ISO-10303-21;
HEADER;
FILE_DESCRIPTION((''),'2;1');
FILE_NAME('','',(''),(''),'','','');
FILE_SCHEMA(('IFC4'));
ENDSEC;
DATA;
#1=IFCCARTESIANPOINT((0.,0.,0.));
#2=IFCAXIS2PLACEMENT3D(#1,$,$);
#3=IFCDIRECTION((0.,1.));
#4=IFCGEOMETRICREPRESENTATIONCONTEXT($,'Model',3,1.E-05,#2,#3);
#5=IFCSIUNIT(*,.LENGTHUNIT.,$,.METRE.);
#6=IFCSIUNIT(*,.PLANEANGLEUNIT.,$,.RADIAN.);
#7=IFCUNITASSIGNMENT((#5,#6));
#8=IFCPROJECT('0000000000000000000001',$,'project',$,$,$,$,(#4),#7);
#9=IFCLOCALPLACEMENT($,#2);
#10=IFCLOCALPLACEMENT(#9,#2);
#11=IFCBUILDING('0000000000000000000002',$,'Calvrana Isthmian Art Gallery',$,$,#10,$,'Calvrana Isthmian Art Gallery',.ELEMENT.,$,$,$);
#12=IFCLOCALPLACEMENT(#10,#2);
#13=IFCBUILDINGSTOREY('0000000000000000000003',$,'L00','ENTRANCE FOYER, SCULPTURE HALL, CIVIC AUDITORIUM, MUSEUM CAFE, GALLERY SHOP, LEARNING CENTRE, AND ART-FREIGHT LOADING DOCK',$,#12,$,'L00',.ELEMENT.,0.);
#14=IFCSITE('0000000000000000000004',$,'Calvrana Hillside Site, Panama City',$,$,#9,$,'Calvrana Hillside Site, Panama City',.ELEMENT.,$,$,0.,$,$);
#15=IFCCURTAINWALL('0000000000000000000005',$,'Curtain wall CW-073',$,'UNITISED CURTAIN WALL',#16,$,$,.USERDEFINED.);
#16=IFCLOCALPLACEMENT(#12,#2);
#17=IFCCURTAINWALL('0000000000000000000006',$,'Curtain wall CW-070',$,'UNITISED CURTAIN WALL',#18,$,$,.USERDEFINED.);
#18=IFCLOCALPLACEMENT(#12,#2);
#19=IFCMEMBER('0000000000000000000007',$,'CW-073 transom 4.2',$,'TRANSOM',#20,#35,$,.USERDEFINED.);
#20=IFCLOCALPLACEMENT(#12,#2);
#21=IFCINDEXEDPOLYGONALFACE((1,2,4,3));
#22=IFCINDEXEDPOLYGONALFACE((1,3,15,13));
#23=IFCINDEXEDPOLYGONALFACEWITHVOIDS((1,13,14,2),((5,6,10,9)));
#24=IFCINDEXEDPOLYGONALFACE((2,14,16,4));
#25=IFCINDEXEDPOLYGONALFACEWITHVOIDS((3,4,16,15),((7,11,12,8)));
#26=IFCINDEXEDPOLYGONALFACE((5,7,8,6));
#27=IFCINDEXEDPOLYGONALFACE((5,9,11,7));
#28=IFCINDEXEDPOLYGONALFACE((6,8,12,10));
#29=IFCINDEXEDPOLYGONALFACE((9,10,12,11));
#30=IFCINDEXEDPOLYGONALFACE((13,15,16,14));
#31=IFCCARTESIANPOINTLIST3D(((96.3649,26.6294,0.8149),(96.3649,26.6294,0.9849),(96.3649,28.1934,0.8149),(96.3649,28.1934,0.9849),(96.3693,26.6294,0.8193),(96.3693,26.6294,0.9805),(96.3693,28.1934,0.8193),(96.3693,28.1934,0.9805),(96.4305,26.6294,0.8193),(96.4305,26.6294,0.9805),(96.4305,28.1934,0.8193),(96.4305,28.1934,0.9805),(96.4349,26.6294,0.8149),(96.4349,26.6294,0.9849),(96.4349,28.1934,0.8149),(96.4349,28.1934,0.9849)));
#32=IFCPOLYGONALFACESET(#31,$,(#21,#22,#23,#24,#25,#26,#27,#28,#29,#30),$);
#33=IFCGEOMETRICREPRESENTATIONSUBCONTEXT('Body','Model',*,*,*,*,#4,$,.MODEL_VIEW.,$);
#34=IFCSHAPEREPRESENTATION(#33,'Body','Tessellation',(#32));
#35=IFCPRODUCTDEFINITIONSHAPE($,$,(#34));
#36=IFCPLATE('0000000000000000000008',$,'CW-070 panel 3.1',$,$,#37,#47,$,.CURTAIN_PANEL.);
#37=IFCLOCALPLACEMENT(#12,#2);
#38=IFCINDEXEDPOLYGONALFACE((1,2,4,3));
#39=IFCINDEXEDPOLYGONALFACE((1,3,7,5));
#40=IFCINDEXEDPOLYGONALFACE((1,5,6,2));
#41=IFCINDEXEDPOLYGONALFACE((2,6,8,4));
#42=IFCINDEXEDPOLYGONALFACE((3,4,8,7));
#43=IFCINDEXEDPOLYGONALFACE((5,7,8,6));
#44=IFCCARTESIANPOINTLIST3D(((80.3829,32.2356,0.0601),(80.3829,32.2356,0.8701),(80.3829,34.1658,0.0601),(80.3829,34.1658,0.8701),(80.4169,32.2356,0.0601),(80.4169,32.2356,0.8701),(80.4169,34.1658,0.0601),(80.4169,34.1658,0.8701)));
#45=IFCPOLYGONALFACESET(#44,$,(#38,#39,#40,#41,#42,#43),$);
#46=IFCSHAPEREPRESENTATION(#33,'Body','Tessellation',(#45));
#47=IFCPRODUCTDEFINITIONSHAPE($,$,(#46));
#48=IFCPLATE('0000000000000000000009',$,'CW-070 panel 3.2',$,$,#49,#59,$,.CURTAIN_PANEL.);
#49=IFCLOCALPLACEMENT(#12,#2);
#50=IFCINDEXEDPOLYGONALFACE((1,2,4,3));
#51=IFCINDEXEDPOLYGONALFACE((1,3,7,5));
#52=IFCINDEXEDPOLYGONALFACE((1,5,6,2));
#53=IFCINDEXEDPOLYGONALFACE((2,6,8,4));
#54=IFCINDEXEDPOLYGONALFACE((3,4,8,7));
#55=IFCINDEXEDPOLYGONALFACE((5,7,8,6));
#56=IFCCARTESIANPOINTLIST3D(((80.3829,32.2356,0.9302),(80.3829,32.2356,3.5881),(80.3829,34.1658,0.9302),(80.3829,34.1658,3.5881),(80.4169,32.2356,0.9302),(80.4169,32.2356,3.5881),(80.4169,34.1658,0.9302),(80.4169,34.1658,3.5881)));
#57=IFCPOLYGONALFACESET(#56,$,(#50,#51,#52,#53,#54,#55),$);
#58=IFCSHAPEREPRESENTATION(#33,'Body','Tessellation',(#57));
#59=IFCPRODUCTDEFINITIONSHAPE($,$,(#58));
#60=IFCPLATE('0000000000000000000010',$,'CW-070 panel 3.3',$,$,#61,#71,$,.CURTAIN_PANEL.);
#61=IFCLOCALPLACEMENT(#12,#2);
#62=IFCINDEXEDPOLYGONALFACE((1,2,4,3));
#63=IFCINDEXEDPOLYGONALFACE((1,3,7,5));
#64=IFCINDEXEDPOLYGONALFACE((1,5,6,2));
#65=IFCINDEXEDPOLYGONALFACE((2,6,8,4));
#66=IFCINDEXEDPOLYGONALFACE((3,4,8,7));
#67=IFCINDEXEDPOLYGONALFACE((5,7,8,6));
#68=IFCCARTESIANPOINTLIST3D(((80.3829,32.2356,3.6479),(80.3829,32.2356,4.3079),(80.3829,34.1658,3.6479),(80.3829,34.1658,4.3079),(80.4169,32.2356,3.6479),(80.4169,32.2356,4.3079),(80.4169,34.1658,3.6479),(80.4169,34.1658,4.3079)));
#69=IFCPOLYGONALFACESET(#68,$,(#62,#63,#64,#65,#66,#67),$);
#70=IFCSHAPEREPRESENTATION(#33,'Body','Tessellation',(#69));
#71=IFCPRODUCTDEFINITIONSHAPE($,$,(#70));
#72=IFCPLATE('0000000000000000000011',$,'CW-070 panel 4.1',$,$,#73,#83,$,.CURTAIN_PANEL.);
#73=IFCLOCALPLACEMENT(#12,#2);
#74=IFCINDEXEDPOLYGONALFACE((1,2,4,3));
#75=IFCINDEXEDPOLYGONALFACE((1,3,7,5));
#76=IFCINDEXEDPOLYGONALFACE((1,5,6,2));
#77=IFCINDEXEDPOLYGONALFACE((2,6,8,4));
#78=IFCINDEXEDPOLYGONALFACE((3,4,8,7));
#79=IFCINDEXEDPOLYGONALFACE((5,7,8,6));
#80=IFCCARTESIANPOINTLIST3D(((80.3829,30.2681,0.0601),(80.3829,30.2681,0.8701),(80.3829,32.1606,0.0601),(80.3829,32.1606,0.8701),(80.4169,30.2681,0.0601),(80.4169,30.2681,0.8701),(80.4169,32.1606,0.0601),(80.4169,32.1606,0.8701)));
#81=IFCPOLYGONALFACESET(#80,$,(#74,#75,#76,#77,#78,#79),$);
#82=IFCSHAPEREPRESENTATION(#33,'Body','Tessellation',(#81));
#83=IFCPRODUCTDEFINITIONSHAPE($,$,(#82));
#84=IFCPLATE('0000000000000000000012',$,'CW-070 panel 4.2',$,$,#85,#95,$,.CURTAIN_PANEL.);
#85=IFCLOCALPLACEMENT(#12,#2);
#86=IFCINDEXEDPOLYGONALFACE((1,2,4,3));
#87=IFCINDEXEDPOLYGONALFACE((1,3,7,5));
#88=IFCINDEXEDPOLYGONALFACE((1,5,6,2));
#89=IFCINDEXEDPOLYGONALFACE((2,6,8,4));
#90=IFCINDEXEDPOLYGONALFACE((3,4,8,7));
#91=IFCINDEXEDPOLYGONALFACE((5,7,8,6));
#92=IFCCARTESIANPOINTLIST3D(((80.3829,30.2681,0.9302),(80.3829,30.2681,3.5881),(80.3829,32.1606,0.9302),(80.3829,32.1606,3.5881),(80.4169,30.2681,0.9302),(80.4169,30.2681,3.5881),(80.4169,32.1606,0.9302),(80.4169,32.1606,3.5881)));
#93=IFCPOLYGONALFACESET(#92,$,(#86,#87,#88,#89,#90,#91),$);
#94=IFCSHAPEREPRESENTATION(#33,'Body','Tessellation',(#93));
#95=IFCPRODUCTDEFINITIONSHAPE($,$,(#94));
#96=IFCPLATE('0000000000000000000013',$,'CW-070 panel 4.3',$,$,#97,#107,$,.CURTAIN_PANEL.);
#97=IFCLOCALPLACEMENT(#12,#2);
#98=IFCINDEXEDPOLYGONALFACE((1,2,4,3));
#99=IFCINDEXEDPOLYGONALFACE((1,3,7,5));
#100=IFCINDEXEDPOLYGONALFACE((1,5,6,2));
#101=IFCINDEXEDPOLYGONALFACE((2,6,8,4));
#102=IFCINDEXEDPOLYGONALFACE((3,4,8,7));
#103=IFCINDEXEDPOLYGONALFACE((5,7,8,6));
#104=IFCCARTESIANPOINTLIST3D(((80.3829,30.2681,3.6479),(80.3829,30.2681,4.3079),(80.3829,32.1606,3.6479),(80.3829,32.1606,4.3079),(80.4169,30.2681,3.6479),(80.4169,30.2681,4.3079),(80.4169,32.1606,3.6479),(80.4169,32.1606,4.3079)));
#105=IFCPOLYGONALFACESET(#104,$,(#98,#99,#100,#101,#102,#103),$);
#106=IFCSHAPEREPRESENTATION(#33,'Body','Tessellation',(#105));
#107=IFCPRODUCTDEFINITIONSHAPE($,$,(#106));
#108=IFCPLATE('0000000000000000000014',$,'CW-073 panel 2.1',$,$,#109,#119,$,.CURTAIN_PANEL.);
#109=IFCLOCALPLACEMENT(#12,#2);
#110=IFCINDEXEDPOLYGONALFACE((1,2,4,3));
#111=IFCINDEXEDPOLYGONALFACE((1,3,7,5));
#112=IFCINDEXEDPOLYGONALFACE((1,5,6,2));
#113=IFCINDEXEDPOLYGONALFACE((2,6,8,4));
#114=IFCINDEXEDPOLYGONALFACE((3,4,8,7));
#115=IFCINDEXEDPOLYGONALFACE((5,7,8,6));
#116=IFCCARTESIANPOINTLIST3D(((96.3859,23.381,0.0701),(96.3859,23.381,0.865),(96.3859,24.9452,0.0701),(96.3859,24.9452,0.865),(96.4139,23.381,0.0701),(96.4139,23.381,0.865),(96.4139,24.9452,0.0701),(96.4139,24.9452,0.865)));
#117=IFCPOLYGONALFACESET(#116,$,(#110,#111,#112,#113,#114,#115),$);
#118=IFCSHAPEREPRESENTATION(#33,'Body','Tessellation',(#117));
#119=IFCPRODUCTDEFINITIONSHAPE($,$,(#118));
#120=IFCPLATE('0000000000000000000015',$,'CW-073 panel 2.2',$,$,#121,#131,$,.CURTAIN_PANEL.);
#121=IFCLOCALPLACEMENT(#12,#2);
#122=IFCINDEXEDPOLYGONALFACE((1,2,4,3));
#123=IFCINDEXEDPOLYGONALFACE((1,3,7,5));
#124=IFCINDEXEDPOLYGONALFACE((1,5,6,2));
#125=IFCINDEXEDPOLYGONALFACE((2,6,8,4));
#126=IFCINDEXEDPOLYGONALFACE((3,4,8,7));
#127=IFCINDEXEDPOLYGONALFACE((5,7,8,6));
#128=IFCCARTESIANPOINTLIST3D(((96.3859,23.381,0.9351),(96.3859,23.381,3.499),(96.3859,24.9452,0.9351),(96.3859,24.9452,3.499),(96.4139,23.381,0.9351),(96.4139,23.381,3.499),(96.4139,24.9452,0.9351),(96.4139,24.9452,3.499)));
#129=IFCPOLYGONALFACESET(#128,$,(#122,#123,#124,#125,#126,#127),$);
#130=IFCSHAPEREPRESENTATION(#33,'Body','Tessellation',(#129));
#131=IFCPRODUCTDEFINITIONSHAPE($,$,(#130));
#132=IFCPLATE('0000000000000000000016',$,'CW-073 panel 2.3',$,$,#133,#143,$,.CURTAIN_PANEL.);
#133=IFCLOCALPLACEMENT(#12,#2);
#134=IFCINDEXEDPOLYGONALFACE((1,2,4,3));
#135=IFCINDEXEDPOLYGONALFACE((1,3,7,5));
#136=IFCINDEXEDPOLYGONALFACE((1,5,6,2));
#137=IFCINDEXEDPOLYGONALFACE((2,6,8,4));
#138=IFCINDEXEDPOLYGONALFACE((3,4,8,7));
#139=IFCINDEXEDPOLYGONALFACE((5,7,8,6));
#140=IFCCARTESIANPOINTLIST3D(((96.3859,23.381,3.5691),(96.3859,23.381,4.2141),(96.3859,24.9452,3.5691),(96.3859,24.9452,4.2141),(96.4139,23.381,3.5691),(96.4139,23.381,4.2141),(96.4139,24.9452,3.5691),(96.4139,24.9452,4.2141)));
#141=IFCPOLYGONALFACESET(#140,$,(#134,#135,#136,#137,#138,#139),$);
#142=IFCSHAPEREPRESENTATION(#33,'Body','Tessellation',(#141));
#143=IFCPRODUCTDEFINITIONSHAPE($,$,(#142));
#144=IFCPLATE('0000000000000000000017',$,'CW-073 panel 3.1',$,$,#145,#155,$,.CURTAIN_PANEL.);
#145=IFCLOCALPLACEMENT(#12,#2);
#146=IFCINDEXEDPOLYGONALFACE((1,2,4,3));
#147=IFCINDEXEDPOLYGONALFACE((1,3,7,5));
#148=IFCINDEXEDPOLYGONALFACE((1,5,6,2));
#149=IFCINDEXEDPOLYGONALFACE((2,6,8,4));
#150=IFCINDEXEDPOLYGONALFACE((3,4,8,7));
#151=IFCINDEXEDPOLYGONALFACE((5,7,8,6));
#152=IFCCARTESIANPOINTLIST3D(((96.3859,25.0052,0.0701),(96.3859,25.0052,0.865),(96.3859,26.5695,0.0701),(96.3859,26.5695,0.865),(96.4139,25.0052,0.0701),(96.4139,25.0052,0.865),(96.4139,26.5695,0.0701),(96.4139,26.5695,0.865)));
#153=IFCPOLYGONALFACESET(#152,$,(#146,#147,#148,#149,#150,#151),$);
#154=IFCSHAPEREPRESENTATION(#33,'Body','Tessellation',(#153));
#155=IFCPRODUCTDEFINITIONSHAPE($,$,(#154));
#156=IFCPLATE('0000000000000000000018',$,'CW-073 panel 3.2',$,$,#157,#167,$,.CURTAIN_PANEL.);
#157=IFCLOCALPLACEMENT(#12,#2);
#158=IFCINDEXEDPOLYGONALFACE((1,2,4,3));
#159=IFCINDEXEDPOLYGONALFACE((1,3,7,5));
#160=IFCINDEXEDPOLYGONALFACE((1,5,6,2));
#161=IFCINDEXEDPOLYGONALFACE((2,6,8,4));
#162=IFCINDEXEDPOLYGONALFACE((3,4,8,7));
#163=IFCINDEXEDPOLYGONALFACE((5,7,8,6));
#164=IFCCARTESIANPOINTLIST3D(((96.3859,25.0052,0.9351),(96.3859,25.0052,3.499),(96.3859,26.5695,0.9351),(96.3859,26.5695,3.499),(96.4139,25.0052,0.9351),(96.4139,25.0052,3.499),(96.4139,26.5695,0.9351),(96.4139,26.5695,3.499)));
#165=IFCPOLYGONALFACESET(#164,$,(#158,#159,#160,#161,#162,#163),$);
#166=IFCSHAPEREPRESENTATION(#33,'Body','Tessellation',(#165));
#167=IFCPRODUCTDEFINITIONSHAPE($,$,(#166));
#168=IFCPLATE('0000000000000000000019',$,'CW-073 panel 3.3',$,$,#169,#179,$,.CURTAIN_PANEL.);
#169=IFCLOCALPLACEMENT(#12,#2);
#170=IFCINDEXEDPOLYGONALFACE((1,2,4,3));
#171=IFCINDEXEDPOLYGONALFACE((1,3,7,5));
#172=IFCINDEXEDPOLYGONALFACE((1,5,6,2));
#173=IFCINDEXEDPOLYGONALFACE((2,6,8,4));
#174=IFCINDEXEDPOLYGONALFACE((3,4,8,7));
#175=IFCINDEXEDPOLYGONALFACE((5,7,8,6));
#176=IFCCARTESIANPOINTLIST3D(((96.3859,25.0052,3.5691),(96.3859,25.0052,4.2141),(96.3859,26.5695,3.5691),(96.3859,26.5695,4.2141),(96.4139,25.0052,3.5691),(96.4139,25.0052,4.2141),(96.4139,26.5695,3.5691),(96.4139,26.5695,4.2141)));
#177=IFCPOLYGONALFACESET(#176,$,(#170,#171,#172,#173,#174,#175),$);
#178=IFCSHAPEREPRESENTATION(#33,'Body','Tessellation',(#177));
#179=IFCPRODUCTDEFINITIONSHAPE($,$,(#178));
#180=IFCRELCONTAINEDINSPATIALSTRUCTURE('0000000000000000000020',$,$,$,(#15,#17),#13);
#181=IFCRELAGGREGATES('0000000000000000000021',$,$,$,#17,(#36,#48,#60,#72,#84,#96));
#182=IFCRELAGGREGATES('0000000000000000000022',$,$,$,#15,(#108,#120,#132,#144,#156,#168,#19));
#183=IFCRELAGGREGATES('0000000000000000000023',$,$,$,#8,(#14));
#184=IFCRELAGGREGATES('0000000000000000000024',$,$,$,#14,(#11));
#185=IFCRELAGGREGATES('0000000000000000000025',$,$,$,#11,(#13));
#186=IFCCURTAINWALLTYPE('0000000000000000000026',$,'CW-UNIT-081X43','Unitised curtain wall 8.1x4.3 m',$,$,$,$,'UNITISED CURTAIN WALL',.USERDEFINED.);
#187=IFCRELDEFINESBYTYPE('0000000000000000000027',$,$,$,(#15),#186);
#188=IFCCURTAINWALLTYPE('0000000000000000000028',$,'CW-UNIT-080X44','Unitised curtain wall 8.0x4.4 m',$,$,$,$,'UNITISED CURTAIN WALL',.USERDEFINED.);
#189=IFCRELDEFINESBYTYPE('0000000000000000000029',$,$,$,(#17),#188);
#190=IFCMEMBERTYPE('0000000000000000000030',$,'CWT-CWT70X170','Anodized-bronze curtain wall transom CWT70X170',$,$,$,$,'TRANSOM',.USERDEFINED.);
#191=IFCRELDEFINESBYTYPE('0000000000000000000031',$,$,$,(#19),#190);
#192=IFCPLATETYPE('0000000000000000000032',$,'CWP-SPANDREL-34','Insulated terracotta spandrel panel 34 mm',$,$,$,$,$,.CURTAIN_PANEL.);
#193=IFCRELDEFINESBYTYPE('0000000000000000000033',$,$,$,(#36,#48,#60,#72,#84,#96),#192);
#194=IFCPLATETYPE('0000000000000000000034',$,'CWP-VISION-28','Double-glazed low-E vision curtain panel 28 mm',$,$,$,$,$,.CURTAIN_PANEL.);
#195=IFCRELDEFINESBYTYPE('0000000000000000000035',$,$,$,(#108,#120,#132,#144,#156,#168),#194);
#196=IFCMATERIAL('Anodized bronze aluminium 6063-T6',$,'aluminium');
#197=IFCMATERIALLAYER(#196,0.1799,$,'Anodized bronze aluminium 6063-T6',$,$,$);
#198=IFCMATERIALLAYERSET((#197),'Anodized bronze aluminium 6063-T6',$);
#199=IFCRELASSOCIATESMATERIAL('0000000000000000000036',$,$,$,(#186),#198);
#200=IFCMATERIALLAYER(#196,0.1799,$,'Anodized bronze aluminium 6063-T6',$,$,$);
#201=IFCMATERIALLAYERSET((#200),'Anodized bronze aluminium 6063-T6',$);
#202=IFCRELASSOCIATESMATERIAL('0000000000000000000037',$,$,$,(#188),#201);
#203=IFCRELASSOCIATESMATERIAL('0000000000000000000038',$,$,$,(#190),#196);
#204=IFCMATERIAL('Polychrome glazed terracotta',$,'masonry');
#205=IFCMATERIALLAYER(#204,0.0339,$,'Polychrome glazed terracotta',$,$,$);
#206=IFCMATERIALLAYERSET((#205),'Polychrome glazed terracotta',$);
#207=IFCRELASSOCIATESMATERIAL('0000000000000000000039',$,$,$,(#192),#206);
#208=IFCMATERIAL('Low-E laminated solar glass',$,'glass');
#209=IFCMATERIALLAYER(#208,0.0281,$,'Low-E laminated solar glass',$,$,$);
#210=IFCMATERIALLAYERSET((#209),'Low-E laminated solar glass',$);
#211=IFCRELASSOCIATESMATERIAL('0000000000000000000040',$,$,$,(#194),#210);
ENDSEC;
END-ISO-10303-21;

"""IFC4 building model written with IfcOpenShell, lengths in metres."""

from ifc_helpers import new_model, si_unit, direction, frame, origin, origin_2d, place, context, subcontext, project, spatial, rectangle, hollow_rectangle, extrude, material, layer, layer_set, material_profile, profile_set, type_object, element, aggregate, save


model = new_model("IFC4")

# Units and contexts
model_context = context("Model", 3, precision=1e-05, world=origin(), true_north=direction((0.0, 1.0)))
body_context = subcontext(model_context, "Body", "Model", "MODEL_VIEW")
ifc_project = project(units=[si_unit("LENGTHUNIT", "METRE"), si_unit("PLANEANGLEUNIT", "RADIAN")], contexts=[model_context])

# Site, building, storey
site_placement = place(None, origin())
site = spatial("IfcSite", under=ifc_project, at=site_placement, Name="Calvrana Hillside Site, Panama City", LongName="Calvrana Hillside Site, Panama City", CompositionType="ELEMENT", RefElevation=0.0)
building_placement = place(site_placement, origin())
building = spatial("IfcBuilding", under=site, at=building_placement, Name="Calvrana Isthmian Art Gallery", LongName="Calvrana Isthmian Art Gallery", CompositionType="ELEMENT")
storey_placement = place(building_placement, origin())
storey = spatial("IfcBuildingStorey", under=building, at=storey_placement, Name="L00", Description="ENTRANCE FOYER, SCULPTURE HALL, CIVIC AUDITORIUM, MUSEUM CAFE, GALLERY SHOP, LEARNING CENTRE, AND ART-FREIGHT LOADING DOCK", LongName="L00", CompositionType="ELEMENT", Elevation=0.0)

# Curtain walls
ifc_material_1 = material(Name="Anodized bronze aluminium 6063-T6", Category="aluminium")
ifc_layer_1 = layer(ifc_material_1, 0.1799, Name="Anodized bronze aluminium 6063-T6")
ifc_layer_set_1 = layer_set([ifc_layer_1], Name="Anodized bronze aluminium 6063-T6")
curtain_wall_type_1 = type_object("IfcCurtainWallType", Name="CW-UNIT-081X43", Description="Unitised curtain wall 8.1x4.3 m", ElementType="UNITISED CURTAIN WALL", PredefinedType="USERDEFINED", material=ifc_layer_set_1)
curtain_wall_1_placement = place(storey_placement, origin())
curtain_wall_1 = element("IfcCurtainWall", 1, at=curtain_wall_1_placement, inside=storey, type_object=curtain_wall_type_1, Name="Curtain wall CW-073", ObjectType="UNITISED CURTAIN WALL", PredefinedType="USERDEFINED")
ifc_layer_2 = layer(ifc_material_1, 0.1799, Name="Anodized bronze aluminium 6063-T6")
ifc_layer_set_2 = layer_set([ifc_layer_2], Name="Anodized bronze aluminium 6063-T6")
curtain_wall_type_2 = type_object("IfcCurtainWallType", Name="CW-UNIT-080X44", Description="Unitised curtain wall 8.0x4.4 m", ElementType="UNITISED CURTAIN WALL", PredefinedType="USERDEFINED", material=ifc_layer_set_2)
curtain_wall_2_placement = place(storey_placement, origin())
curtain_wall_2 = element("IfcCurtainWall", 2, at=curtain_wall_2_placement, inside=storey, type_object=curtain_wall_type_2, Name="Curtain wall CW-070", ObjectType="UNITISED CURTAIN WALL", PredefinedType="USERDEFINED")

# Member
ifc_material_profile_1 = material_profile(ifc_material_1, hollow_rectangle(XDim=0.0701, YDim=0.1699, WallThickness=0.0044, at=origin_2d()), Name="CWT70X170")
ifc_profile_set_1 = profile_set([ifc_material_profile_1], Name="Anodized bronze aluminium 6063-T6")
member_type_1 = type_object("IfcMemberType", Name="CWT-CWT70X170", Description="Anodized-bronze curtain wall transom CWT70X170", ElementType="TRANSOM", PredefinedType="USERDEFINED", material=ifc_profile_set_1)
member_1_placement = place(storey_placement, frame((96.3999, 26.6294, 0.8999), z_axis=(0.0, 1.0, 0.0), x_axis=(-1.0, 0.0, 0.0)))
member_1 = element("IfcMember", 3, at=member_1_placement, type_object=member_type_1, Name="CW-073 transom 4.2", ObjectType="TRANSOM", PredefinedType="USERDEFINED", context=body_context, shape_type="SweptSolid", body=[
    extrude(hollow_rectangle(XDim=0.0701, YDim=0.1699, WallThickness=0.0044, at=origin_2d()), origin(), (0.0, 0.0, 1.0), 1.564),
])

# Plates
ifc_material_2 = material(Name="Polychrome glazed terracotta", Category="masonry")
ifc_layer_3 = layer(ifc_material_2, 0.0339, Name="Polychrome glazed terracotta")
ifc_layer_set_3 = layer_set([ifc_layer_3], Name="Polychrome glazed terracotta")
plate_type_1 = type_object("IfcPlateType", Name="CWP-SPANDREL-34", Description="Insulated terracotta spandrel panel 34 mm", PredefinedType="CURTAIN_PANEL", material=ifc_layer_set_3)
plate_1_placement = place(storey_placement, frame((80.3999, 33.2007, 0.0601), z_axis=(0.0, 0.0, 1.0), x_axis=(0.0, -1.0, 0.0)))
plate_1 = element("IfcPlate", 4, at=plate_1_placement, type_object=plate_type_1, Name="CW-070 panel 3.1", PredefinedType="CURTAIN_PANEL", context=body_context, shape_type="SweptSolid", body=[
    extrude(rectangle(XDim=1.9302, YDim=0.0339, at=origin_2d()), origin(), (0.0, 0.0, 1.0), 0.8101),
])
plate_2_placement = place(storey_placement, frame((80.3999, 33.2007, 0.9302), z_axis=(0.0, 0.0, 1.0), x_axis=(0.0, -1.0, 0.0)))
plate_2 = element("IfcPlate", 5, at=plate_2_placement, type_object=plate_type_1, Name="CW-070 panel 3.2", PredefinedType="CURTAIN_PANEL", context=body_context, shape_type="SweptSolid", body=[
    extrude(rectangle(XDim=1.9302, YDim=0.0339, at=origin_2d()), origin(), (0.0, 0.0, 1.0), 2.658),
])
plate_3_placement = place(storey_placement, frame((80.3999, 33.2007, 3.6479), z_axis=(0.0, 0.0, 1.0), x_axis=(0.0, -1.0, 0.0)))
plate_3 = element("IfcPlate", 6, at=plate_3_placement, type_object=plate_type_1, Name="CW-070 panel 3.3", PredefinedType="CURTAIN_PANEL", context=body_context, shape_type="SweptSolid", body=[
    extrude(rectangle(XDim=1.9302, YDim=0.0339, at=origin_2d()), origin(), (0.0, 0.0, 1.0), 0.6599),
])
plate_4_placement = place(storey_placement, frame((80.3999, 31.2144, 0.0601), z_axis=(0.0, 0.0, 1.0), x_axis=(0.0, -1.0, 0.0)))
plate_4 = element("IfcPlate", 7, at=plate_4_placement, type_object=plate_type_1, Name="CW-070 panel 4.1", PredefinedType="CURTAIN_PANEL", context=body_context, shape_type="SweptSolid", body=[
    extrude(rectangle(XDim=1.8926, YDim=0.0339, at=origin_2d()), origin(), (0.0, 0.0, 1.0), 0.8101),
])
plate_5_placement = place(storey_placement, frame((80.3999, 31.2144, 0.9302), z_axis=(0.0, 0.0, 1.0), x_axis=(0.0, -1.0, 0.0)))
plate_5 = element("IfcPlate", 8, at=plate_5_placement, type_object=plate_type_1, Name="CW-070 panel 4.2", PredefinedType="CURTAIN_PANEL", context=body_context, shape_type="SweptSolid", body=[
    extrude(rectangle(XDim=1.8926, YDim=0.0339, at=origin_2d()), origin(), (0.0, 0.0, 1.0), 2.658),
])
plate_6_placement = place(storey_placement, frame((80.3999, 31.2144, 3.6479), z_axis=(0.0, 0.0, 1.0), x_axis=(0.0, -1.0, 0.0)))
plate_6 = element("IfcPlate", 9, at=plate_6_placement, type_object=plate_type_1, Name="CW-070 panel 4.3", PredefinedType="CURTAIN_PANEL", context=body_context, shape_type="SweptSolid", body=[
    extrude(rectangle(XDim=1.8926, YDim=0.0339, at=origin_2d()), origin(), (0.0, 0.0, 1.0), 0.6599),
])
aggregate(curtain_wall_2, [plate_1, plate_2, plate_3, plate_4, plate_5, plate_6])
ifc_material_3 = material(Name="Low-E laminated solar glass", Category="glass")
ifc_layer_4 = layer(ifc_material_3, 0.0281, Name="Low-E laminated solar glass")
ifc_layer_set_4 = layer_set([ifc_layer_4], Name="Low-E laminated solar glass")
plate_type_2 = type_object("IfcPlateType", Name="CWP-VISION-28", Description="Double-glazed low-E vision curtain panel 28 mm", PredefinedType="CURTAIN_PANEL", material=ifc_layer_set_4)
plate_7_placement = place(storey_placement, frame((96.3999, 24.1631, 0.0701), z_axis=(0.0, 0.0, 1.0), x_axis=(0.0, 1.0, 0.0)))
plate_7 = element("IfcPlate", 10, at=plate_7_placement, type_object=plate_type_2, Name="CW-073 panel 2.1", PredefinedType="CURTAIN_PANEL", context=body_context, shape_type="SweptSolid", body=[
    extrude(rectangle(XDim=1.5642, YDim=0.0281, at=origin_2d()), origin(), (0.0, 0.0, 1.0), 0.7949),
])
plate_8_placement = place(storey_placement, frame((96.3999, 24.1631, 0.9351), z_axis=(0.0, 0.0, 1.0), x_axis=(0.0, 1.0, 0.0)))
plate_8 = element("IfcPlate", 11, at=plate_8_placement, type_object=plate_type_2, Name="CW-073 panel 2.2", PredefinedType="CURTAIN_PANEL", context=body_context, shape_type="SweptSolid", body=[
    extrude(rectangle(XDim=1.5642, YDim=0.0281, at=origin_2d()), origin(), (0.0, 0.0, 1.0), 2.564),
])
plate_9_placement = place(storey_placement, frame((96.3999, 24.1631, 3.5691), z_axis=(0.0, 0.0, 1.0), x_axis=(0.0, 1.0, 0.0)))
plate_9 = element("IfcPlate", 12, at=plate_9_placement, type_object=plate_type_2, Name="CW-073 panel 2.3", PredefinedType="CURTAIN_PANEL", context=body_context, shape_type="SweptSolid", body=[
    extrude(rectangle(XDim=1.5642, YDim=0.0281, at=origin_2d()), origin(), (0.0, 0.0, 1.0), 0.645),
])
plate_10_placement = place(storey_placement, frame((96.3999, 25.7874, 0.0701), z_axis=(0.0, 0.0, 1.0), x_axis=(0.0, 1.0, 0.0)))
plate_10 = element("IfcPlate", 13, at=plate_10_placement, type_object=plate_type_2, Name="CW-073 panel 3.1", PredefinedType="CURTAIN_PANEL", context=body_context, shape_type="SweptSolid", body=[
    extrude(rectangle(XDim=1.5642, YDim=0.0281, at=origin_2d()), origin(), (0.0, 0.0, 1.0), 0.7949),
])
plate_11_placement = place(storey_placement, frame((96.3999, 25.7874, 0.9351), z_axis=(0.0, 0.0, 1.0), x_axis=(0.0, 1.0, 0.0)))
plate_11 = element("IfcPlate", 14, at=plate_11_placement, type_object=plate_type_2, Name="CW-073 panel 3.2", PredefinedType="CURTAIN_PANEL", context=body_context, shape_type="SweptSolid", body=[
    extrude(rectangle(XDim=1.5642, YDim=0.0281, at=origin_2d()), origin(), (0.0, 0.0, 1.0), 2.564),
])
plate_12_placement = place(storey_placement, frame((96.3999, 25.7874, 3.5691), z_axis=(0.0, 0.0, 1.0), x_axis=(0.0, 1.0, 0.0)))
plate_12 = element("IfcPlate", 15, at=plate_12_placement, type_object=plate_type_2, Name="CW-073 panel 3.3", PredefinedType="CURTAIN_PANEL", context=body_context, shape_type="SweptSolid", body=[
    extrude(rectangle(XDim=1.5642, YDim=0.0281, at=origin_2d()), origin(), (0.0, 0.0, 1.0), 0.645),
])
aggregate(curtain_wall_1, [plate_7, plate_8, plate_9, plate_10, plate_11, plate_12, member_1])

save(model, "model.ifc")
